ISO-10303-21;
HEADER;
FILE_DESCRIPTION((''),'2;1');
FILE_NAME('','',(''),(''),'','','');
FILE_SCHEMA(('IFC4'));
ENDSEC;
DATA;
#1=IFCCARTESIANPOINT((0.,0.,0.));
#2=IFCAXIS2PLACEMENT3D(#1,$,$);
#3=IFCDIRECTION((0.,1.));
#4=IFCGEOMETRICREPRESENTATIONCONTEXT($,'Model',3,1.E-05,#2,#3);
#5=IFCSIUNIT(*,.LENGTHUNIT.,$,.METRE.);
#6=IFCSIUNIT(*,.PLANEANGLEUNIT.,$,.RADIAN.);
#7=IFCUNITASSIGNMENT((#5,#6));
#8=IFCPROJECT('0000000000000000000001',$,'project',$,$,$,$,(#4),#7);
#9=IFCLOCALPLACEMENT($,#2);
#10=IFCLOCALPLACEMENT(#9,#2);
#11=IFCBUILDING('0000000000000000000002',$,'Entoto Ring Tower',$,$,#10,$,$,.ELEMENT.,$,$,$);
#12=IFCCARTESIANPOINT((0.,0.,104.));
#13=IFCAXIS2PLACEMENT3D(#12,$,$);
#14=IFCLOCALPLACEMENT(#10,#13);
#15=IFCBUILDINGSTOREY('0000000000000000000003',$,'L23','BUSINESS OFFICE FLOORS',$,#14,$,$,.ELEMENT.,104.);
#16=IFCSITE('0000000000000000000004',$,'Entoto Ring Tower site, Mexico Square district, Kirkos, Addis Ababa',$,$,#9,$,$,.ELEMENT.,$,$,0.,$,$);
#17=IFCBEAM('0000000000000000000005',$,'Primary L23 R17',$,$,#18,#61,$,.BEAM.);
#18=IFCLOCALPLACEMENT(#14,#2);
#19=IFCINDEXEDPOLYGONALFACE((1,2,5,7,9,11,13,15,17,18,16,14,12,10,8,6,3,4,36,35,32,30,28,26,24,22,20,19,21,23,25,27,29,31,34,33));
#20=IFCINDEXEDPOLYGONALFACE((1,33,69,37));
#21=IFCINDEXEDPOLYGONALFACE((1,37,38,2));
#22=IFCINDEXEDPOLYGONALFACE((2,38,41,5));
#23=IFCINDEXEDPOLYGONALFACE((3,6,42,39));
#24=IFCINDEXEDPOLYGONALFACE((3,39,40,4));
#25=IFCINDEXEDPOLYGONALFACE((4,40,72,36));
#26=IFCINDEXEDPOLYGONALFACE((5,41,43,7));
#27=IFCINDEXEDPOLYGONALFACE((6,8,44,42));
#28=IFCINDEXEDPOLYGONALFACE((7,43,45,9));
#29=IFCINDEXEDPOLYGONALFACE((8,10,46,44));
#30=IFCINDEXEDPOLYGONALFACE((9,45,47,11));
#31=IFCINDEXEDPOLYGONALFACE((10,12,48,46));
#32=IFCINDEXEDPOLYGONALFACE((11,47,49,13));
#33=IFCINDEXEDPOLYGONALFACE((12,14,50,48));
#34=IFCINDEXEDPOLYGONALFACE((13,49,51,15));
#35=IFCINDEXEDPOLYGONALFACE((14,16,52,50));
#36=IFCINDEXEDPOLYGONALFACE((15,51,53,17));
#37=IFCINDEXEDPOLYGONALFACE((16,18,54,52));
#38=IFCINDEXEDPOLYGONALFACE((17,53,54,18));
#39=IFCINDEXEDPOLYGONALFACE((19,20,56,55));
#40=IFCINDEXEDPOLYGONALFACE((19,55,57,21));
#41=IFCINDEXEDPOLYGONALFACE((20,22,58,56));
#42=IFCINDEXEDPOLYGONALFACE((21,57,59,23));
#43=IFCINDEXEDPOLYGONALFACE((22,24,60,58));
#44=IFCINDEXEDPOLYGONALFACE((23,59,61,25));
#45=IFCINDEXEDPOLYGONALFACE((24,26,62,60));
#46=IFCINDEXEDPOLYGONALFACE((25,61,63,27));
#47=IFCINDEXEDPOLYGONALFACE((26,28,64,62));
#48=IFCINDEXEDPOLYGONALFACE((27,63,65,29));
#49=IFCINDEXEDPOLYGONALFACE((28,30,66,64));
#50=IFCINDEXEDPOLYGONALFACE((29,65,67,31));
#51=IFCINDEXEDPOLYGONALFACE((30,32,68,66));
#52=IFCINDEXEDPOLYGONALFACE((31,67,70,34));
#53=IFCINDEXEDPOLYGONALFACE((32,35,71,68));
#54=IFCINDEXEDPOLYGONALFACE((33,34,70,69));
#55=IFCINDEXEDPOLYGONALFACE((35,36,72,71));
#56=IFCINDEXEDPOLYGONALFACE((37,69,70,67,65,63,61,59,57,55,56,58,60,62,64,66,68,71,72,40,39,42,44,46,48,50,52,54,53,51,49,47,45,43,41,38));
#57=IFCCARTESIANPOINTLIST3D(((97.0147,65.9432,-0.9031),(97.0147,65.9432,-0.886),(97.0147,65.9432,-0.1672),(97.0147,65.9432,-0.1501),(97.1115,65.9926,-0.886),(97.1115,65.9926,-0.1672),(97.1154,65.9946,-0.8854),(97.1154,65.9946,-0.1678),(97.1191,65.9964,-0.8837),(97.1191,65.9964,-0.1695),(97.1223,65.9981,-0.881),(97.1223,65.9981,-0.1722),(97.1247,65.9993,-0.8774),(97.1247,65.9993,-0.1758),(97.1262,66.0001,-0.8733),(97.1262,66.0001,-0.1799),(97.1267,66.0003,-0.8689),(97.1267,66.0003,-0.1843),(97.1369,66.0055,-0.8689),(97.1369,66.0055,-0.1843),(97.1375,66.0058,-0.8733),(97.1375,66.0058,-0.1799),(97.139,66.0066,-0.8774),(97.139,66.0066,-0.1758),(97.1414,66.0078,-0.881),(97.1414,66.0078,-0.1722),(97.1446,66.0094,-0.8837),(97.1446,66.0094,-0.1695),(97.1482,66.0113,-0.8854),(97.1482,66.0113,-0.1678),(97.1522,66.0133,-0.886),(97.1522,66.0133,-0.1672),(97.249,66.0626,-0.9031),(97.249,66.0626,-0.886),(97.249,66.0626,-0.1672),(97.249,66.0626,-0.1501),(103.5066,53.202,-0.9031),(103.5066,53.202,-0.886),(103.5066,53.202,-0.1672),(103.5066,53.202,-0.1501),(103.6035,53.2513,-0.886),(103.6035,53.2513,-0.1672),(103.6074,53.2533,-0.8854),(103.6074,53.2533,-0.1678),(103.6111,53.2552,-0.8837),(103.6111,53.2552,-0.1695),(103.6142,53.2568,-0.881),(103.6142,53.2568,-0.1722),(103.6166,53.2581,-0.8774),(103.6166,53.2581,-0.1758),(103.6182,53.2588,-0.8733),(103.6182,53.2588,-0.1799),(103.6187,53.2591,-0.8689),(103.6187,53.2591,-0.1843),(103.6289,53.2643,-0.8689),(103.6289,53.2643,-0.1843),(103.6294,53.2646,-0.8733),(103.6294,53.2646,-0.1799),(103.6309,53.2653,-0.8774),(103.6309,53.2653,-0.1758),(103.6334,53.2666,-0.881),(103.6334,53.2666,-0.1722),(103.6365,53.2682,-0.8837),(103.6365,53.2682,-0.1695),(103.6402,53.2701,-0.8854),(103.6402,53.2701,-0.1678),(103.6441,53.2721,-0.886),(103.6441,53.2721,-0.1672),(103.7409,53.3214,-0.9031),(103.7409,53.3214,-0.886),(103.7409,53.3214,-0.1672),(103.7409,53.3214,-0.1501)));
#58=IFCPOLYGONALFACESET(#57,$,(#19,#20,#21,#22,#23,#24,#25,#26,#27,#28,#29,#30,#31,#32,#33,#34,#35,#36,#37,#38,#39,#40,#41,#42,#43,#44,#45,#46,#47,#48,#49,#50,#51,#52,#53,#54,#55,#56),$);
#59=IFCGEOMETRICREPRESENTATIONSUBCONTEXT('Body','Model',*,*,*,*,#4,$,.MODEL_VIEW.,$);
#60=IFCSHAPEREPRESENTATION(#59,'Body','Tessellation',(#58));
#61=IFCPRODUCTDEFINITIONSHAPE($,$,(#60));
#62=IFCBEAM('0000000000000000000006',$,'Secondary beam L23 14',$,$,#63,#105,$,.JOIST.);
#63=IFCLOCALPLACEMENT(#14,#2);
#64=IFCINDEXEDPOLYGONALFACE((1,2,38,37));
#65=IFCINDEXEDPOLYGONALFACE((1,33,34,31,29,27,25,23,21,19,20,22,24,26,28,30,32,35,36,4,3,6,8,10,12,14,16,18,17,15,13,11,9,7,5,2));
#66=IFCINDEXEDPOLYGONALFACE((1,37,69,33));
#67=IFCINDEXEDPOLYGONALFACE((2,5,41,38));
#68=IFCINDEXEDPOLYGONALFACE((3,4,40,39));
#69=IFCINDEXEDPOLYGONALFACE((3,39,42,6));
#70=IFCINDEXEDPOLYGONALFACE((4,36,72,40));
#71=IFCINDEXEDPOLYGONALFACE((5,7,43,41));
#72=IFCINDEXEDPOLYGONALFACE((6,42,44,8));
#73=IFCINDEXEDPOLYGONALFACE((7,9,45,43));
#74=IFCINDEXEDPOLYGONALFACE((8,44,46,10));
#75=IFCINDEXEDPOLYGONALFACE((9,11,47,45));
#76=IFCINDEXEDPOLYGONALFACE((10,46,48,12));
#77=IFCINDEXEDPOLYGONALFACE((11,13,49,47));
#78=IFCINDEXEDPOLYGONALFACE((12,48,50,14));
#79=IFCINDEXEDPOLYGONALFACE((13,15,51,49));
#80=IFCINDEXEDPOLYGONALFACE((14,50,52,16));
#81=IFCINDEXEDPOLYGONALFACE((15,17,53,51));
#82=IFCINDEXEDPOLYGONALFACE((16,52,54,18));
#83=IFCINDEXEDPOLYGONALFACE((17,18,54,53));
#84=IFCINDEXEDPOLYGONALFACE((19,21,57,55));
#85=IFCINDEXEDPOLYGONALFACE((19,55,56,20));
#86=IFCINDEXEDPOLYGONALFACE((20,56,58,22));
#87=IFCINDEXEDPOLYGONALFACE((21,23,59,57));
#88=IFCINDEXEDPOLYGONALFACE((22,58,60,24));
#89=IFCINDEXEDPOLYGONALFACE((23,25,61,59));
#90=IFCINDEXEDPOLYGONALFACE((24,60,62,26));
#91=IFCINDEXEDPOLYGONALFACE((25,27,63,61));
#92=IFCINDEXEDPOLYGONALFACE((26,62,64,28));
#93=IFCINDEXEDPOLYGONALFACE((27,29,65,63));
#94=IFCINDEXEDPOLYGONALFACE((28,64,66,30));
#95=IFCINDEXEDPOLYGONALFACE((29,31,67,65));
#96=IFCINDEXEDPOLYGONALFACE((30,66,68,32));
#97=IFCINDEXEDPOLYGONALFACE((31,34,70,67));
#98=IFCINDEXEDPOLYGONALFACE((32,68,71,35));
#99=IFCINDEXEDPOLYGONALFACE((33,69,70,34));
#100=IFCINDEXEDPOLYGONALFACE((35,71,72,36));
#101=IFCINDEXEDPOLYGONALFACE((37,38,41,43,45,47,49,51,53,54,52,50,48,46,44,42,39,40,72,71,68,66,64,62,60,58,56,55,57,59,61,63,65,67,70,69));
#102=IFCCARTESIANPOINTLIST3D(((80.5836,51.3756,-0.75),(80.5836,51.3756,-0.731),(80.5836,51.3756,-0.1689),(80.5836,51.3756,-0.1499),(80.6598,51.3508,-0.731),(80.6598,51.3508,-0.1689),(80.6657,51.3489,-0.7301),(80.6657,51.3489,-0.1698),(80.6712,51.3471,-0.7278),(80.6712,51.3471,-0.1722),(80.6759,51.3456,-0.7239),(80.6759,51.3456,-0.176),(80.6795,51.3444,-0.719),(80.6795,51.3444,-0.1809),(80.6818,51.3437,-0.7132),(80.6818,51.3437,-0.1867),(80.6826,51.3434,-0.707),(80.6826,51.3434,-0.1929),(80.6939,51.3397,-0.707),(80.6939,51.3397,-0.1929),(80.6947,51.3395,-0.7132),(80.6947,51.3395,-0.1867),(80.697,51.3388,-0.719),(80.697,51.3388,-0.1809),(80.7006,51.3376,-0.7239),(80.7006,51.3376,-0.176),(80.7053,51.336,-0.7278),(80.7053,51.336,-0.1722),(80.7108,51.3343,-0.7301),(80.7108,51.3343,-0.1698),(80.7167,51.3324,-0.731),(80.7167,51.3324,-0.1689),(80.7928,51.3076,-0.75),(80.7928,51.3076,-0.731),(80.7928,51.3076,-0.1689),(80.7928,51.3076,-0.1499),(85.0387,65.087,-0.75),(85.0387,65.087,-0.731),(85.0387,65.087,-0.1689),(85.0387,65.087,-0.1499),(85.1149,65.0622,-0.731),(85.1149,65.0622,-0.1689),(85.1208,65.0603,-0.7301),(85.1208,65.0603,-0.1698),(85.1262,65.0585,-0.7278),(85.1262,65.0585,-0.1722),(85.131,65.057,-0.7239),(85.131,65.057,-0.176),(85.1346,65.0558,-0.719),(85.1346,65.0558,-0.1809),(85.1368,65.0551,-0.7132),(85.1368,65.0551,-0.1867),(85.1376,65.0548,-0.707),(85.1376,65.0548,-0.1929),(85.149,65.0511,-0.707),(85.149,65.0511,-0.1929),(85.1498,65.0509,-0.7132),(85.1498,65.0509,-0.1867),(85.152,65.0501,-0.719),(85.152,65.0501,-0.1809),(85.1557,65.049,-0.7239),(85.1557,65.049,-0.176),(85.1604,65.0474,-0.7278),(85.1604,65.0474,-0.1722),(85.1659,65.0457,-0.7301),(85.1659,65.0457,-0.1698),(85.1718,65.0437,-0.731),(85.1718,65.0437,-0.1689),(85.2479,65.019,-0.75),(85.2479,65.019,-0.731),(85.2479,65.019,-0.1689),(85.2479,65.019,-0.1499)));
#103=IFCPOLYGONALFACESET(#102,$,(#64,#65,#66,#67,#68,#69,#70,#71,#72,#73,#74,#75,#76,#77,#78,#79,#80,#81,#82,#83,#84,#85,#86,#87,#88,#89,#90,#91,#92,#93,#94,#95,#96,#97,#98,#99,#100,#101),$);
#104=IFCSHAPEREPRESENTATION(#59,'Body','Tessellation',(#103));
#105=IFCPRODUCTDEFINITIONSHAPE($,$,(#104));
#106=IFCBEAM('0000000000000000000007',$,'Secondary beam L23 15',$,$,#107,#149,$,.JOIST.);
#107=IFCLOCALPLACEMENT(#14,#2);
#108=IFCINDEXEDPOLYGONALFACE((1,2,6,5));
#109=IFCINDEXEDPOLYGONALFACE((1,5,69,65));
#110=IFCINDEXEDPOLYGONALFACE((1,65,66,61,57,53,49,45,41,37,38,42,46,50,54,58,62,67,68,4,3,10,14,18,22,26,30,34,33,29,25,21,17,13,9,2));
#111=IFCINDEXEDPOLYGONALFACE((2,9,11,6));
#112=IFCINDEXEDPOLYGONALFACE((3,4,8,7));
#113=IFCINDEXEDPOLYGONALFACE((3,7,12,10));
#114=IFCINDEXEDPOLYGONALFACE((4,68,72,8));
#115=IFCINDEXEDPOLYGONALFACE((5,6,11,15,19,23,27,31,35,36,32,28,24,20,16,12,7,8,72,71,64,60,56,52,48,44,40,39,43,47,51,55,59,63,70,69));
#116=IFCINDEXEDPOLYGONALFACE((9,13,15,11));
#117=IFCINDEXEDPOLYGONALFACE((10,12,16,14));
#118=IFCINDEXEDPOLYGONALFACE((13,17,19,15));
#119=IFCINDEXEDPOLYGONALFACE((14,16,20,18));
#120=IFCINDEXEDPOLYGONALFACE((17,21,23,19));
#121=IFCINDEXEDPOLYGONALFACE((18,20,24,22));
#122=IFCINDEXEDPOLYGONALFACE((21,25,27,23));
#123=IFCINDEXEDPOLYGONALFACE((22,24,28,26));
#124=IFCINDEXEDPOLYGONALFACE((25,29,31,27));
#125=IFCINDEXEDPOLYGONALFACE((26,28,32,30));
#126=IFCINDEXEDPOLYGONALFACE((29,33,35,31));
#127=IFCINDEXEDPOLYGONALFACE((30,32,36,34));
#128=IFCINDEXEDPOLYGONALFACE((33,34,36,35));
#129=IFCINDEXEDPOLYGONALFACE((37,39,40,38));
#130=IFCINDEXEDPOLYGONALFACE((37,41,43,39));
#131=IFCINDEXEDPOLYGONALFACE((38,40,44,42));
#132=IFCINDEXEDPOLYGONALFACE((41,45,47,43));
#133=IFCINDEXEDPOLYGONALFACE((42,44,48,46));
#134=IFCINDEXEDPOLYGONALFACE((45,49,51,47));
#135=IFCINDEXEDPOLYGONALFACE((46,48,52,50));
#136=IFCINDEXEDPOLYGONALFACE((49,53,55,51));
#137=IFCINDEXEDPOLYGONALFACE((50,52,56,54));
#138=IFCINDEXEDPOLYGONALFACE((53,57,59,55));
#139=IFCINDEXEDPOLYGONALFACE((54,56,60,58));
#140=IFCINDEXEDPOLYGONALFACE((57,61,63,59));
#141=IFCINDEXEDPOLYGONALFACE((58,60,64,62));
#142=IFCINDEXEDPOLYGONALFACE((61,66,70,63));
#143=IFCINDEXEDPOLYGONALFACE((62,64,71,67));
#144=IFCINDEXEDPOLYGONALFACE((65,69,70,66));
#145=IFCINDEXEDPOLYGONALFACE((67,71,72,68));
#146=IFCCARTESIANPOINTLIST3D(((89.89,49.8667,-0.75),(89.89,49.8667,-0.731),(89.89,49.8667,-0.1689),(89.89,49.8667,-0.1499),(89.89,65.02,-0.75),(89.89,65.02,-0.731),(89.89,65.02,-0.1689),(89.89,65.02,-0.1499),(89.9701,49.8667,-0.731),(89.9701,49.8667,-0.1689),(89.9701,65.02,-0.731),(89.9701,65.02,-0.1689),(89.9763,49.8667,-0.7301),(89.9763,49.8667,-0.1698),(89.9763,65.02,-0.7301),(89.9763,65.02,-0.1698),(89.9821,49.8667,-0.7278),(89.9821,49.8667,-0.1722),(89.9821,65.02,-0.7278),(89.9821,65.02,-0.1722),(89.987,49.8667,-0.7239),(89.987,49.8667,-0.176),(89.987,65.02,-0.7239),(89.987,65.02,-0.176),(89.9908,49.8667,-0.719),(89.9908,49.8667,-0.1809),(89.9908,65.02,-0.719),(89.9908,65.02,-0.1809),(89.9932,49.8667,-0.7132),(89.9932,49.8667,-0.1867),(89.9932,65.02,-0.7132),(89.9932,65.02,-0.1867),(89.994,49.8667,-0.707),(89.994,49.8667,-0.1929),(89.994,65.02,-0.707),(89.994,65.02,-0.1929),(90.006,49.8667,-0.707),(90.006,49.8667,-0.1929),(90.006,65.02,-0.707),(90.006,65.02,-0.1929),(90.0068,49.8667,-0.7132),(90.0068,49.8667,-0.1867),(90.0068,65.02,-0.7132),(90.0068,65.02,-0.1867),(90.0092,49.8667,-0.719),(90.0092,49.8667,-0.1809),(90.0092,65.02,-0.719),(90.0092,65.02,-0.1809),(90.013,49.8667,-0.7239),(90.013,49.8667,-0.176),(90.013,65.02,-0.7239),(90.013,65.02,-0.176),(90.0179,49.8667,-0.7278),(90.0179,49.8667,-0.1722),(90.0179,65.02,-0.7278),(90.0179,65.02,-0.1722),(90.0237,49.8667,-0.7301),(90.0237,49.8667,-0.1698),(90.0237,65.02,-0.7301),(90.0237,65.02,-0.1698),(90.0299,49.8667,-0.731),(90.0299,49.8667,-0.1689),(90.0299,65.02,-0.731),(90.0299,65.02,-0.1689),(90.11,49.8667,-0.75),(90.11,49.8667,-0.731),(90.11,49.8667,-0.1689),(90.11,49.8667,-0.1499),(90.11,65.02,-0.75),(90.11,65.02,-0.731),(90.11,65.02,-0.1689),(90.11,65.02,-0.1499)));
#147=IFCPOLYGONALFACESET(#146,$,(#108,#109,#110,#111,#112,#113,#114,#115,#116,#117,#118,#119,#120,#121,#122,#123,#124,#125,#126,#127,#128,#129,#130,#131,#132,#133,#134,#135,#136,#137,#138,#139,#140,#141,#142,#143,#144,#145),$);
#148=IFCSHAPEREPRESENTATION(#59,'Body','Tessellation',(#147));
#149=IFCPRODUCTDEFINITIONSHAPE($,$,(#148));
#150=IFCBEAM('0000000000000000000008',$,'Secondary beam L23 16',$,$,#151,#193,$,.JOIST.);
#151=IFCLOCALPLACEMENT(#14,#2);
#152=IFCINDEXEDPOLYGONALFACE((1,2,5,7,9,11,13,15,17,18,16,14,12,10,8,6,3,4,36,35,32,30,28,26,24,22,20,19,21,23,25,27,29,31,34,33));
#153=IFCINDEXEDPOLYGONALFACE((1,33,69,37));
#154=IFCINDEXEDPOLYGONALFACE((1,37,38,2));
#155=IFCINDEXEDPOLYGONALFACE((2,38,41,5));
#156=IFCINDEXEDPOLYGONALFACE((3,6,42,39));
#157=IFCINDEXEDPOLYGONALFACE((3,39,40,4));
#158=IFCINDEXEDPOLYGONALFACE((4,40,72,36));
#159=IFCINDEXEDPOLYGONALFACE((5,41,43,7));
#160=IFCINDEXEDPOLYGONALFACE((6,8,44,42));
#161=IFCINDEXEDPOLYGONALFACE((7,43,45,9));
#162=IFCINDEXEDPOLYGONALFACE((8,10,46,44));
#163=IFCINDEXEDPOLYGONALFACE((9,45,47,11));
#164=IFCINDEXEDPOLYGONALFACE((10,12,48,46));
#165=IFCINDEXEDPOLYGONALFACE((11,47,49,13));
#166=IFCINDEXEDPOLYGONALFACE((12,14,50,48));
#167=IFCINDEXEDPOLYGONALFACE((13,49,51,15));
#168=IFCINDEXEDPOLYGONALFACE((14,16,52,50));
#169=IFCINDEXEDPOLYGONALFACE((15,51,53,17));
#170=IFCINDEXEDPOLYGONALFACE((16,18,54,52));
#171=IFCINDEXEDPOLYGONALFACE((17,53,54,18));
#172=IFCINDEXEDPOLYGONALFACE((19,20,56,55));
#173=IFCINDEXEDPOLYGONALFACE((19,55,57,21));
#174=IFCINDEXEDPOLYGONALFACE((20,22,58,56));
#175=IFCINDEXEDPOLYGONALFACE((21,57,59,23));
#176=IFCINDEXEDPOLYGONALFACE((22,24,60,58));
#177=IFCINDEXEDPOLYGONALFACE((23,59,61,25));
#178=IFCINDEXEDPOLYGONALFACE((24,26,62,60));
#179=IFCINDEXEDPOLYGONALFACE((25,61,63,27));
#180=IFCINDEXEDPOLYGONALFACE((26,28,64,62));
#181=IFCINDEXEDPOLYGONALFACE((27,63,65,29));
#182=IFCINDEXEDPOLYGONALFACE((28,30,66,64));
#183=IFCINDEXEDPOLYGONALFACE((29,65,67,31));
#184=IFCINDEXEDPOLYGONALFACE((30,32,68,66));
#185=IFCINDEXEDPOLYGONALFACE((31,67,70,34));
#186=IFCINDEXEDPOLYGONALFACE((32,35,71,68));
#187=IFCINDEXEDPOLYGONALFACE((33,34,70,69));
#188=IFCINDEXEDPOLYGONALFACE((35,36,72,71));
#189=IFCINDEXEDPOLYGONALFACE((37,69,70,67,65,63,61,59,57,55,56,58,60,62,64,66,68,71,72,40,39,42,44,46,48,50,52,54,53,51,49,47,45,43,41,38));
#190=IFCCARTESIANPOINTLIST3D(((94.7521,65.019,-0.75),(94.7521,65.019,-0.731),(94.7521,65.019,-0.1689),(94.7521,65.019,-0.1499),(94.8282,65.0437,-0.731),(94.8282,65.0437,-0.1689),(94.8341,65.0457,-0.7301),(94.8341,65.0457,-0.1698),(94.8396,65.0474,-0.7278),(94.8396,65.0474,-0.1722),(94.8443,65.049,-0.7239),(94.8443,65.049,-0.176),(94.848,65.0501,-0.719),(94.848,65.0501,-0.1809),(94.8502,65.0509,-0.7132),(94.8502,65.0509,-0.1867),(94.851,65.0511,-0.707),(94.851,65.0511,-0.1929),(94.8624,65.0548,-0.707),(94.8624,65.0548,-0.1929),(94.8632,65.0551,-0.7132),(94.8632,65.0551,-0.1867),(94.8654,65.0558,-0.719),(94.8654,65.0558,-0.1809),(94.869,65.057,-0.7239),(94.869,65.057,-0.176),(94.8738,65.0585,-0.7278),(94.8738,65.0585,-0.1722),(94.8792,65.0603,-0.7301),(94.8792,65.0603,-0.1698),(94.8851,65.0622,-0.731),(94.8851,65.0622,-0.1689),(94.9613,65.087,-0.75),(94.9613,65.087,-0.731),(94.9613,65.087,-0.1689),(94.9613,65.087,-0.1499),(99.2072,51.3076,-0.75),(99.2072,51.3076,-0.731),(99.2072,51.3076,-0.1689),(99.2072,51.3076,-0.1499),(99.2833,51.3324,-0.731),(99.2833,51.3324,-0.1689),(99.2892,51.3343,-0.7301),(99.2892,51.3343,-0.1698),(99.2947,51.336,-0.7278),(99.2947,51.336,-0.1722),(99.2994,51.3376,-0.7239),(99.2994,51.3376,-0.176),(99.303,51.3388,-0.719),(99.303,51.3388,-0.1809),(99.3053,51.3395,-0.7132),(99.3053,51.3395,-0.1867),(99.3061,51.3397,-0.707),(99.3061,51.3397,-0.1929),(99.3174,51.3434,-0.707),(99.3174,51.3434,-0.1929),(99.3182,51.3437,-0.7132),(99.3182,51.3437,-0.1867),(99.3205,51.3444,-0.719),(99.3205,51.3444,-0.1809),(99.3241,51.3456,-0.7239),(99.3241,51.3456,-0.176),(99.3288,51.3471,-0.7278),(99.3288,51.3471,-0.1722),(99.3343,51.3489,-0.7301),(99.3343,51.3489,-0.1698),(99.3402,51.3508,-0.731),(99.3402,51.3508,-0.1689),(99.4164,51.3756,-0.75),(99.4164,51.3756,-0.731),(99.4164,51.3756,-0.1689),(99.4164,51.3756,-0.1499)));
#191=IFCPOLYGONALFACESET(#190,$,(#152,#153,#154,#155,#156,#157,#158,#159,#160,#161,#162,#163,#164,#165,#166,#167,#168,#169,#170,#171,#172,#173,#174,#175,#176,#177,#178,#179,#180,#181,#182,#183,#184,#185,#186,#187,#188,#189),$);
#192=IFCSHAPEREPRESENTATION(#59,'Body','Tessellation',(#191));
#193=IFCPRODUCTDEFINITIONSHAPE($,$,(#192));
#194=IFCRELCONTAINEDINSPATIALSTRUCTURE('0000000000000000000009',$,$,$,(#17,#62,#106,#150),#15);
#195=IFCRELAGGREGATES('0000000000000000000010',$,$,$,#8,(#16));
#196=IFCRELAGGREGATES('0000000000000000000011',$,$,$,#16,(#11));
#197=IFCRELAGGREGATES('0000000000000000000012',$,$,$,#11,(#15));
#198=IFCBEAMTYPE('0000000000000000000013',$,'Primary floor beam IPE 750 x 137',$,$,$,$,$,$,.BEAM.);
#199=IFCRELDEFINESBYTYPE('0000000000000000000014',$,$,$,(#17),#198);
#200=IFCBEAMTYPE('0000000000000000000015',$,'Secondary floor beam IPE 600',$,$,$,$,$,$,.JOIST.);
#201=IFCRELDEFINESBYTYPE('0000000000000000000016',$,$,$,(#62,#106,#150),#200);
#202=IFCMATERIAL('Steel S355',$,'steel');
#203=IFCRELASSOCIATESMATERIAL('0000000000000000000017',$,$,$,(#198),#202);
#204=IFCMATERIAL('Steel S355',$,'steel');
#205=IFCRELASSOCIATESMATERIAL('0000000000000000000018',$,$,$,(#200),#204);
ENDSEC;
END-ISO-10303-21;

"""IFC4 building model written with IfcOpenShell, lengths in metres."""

from ifc_helpers import new_model, si_unit, direction, frame, origin, origin_2d, place, context, subcontext, project, spatial, i_section, extrude, material, material_profile, profile_set, type_object, element, save


model = new_model("IFC4")

# Units and contexts
model_context = context("Model", 3, precision=1e-05, world=origin(), true_north=direction((0.0, 1.0)))
body_context = subcontext(model_context, "Body", "Model", "MODEL_VIEW")
ifc_project = project(units=[si_unit("LENGTHUNIT", "METRE"), si_unit("PLANEANGLEUNIT", "RADIAN")], contexts=[model_context])

# Site, building, storey
site_placement = place(None, origin())
site = spatial("IfcSite", under=ifc_project, at=site_placement, Name="Entoto Ring Tower site, Mexico Square district, Kirkos, Addis Ababa", CompositionType="ELEMENT", RefElevation=0.0)
building_placement = place(site_placement, origin())
building = spatial("IfcBuilding", under=site, at=building_placement, Name="Entoto Ring Tower", CompositionType="ELEMENT")
storey_placement = place(building_placement, frame((0.0, 0.0, 104.0)))
storey = spatial("IfcBuildingStorey", under=building, at=storey_placement, Name="L23", Description="BUSINESS OFFICE FLOORS", CompositionType="ELEMENT", Elevation=104.0)

# Beams
ifc_material_1 = material(Name="Steel S355", Category="steel")
ifc_material_profile_1 = material_profile(ifc_material_1, i_section(OverallWidth=0.2629, OverallDepth=0.7529, WebThickness=0.0115, FlangeThickness=0.0171, FilletRadius=0.0171, at=origin_2d()), Name="IPE 750 x 137")
ifc_profile_set_1 = profile_set([ifc_material_profile_1], Name="Steel S355")
beam_type_1 = type_object("IfcBeamType", Name="Primary floor beam IPE 750 x 137", PredefinedType="BEAM", material=ifc_profile_set_1)
beam_1_placement = place(storey_placement, frame((97.1318, 66.0029, -0.5266), z_axis=(0.453989, -0.891007, 0.0), x_axis=(0.891007, 0.453989, 0.0)))
element("IfcBeam", 1, at=beam_1_placement, inside=storey, type_object=beam_type_1, Name="Primary L23 R17", PredefinedType="BEAM", context=body_context, shape_type="SweptSolid", body=[
    extrude(i_section(OverallWidth=0.2629, OverallDepth=0.7529, WebThickness=0.0115, FlangeThickness=0.0171, FilletRadius=0.0171, at=origin_2d()), origin(), (0.0, 0.0, 1.0), 14.2998),
])
ifc_material_2 = material(Name="Steel S355", Category="steel")
ifc_material_profile_2 = material_profile(ifc_material_2, i_section(OverallWidth=0.22, OverallDepth=0.6001, WebThickness=0.012, FlangeThickness=0.019, FilletRadius=0.0239, at=origin_2d()), Name="IPE 600")
ifc_profile_set_2 = profile_set([ifc_material_profile_2], Name="Steel S355")
beam_type_2 = type_object("IfcBeamType", Name="Secondary floor beam IPE 600", PredefinedType="JOIST", material=ifc_profile_set_2)
beam_2_placement = place(storey_placement, frame((85.1433, 65.053, -0.45), z_axis=(-0.309015, -0.951057, 0.0), x_axis=(0.951057, -0.309015, 0.0)))
element("IfcBeam", 2, at=beam_2_placement, inside=storey, type_object=beam_type_2, Name="Secondary beam L23 14", PredefinedType="JOIST", context=body_context, shape_type="SweptSolid", body=[
    extrude(i_section(OverallWidth=0.22, OverallDepth=0.6001, WebThickness=0.012, FlangeThickness=0.019, FilletRadius=0.0239, at=origin_2d()), origin(), (0.0, 0.0, 1.0), 14.417),
])
beam_3_placement = place(storey_placement, frame((90.0, 65.02, -0.45), z_axis=(0.0, -1.0, 0.0), x_axis=(1.0, 0.0, 0.0)))
element("IfcBeam", 3, at=beam_3_placement, inside=storey, type_object=beam_type_2, Name="Secondary beam L23 15", PredefinedType="JOIST", context=body_context, shape_type="SweptSolid", body=[
    extrude(i_section(OverallWidth=0.22, OverallDepth=0.6001, WebThickness=0.012, FlangeThickness=0.019, FilletRadius=0.0239, at=origin_2d()), origin(), (0.0, 0.0, 1.0), 15.1533),
])
beam_4_placement = place(storey_placement, frame((94.8567, 65.053, -0.45), z_axis=(0.309015, -0.951057, 0.0), x_axis=(0.951057, 0.309015, 0.0)))
element("IfcBeam", 4, at=beam_4_placement, inside=storey, type_object=beam_type_2, Name="Secondary beam L23 16", PredefinedType="JOIST", context=body_context, shape_type="SweptSolid", body=[
    extrude(i_section(OverallWidth=0.22, OverallDepth=0.6001, WebThickness=0.012, FlangeThickness=0.019, FilletRadius=0.0239, at=origin_2d()), origin(), (0.0, 0.0, 1.0), 14.417),
])

save(model, "model.ifc")
